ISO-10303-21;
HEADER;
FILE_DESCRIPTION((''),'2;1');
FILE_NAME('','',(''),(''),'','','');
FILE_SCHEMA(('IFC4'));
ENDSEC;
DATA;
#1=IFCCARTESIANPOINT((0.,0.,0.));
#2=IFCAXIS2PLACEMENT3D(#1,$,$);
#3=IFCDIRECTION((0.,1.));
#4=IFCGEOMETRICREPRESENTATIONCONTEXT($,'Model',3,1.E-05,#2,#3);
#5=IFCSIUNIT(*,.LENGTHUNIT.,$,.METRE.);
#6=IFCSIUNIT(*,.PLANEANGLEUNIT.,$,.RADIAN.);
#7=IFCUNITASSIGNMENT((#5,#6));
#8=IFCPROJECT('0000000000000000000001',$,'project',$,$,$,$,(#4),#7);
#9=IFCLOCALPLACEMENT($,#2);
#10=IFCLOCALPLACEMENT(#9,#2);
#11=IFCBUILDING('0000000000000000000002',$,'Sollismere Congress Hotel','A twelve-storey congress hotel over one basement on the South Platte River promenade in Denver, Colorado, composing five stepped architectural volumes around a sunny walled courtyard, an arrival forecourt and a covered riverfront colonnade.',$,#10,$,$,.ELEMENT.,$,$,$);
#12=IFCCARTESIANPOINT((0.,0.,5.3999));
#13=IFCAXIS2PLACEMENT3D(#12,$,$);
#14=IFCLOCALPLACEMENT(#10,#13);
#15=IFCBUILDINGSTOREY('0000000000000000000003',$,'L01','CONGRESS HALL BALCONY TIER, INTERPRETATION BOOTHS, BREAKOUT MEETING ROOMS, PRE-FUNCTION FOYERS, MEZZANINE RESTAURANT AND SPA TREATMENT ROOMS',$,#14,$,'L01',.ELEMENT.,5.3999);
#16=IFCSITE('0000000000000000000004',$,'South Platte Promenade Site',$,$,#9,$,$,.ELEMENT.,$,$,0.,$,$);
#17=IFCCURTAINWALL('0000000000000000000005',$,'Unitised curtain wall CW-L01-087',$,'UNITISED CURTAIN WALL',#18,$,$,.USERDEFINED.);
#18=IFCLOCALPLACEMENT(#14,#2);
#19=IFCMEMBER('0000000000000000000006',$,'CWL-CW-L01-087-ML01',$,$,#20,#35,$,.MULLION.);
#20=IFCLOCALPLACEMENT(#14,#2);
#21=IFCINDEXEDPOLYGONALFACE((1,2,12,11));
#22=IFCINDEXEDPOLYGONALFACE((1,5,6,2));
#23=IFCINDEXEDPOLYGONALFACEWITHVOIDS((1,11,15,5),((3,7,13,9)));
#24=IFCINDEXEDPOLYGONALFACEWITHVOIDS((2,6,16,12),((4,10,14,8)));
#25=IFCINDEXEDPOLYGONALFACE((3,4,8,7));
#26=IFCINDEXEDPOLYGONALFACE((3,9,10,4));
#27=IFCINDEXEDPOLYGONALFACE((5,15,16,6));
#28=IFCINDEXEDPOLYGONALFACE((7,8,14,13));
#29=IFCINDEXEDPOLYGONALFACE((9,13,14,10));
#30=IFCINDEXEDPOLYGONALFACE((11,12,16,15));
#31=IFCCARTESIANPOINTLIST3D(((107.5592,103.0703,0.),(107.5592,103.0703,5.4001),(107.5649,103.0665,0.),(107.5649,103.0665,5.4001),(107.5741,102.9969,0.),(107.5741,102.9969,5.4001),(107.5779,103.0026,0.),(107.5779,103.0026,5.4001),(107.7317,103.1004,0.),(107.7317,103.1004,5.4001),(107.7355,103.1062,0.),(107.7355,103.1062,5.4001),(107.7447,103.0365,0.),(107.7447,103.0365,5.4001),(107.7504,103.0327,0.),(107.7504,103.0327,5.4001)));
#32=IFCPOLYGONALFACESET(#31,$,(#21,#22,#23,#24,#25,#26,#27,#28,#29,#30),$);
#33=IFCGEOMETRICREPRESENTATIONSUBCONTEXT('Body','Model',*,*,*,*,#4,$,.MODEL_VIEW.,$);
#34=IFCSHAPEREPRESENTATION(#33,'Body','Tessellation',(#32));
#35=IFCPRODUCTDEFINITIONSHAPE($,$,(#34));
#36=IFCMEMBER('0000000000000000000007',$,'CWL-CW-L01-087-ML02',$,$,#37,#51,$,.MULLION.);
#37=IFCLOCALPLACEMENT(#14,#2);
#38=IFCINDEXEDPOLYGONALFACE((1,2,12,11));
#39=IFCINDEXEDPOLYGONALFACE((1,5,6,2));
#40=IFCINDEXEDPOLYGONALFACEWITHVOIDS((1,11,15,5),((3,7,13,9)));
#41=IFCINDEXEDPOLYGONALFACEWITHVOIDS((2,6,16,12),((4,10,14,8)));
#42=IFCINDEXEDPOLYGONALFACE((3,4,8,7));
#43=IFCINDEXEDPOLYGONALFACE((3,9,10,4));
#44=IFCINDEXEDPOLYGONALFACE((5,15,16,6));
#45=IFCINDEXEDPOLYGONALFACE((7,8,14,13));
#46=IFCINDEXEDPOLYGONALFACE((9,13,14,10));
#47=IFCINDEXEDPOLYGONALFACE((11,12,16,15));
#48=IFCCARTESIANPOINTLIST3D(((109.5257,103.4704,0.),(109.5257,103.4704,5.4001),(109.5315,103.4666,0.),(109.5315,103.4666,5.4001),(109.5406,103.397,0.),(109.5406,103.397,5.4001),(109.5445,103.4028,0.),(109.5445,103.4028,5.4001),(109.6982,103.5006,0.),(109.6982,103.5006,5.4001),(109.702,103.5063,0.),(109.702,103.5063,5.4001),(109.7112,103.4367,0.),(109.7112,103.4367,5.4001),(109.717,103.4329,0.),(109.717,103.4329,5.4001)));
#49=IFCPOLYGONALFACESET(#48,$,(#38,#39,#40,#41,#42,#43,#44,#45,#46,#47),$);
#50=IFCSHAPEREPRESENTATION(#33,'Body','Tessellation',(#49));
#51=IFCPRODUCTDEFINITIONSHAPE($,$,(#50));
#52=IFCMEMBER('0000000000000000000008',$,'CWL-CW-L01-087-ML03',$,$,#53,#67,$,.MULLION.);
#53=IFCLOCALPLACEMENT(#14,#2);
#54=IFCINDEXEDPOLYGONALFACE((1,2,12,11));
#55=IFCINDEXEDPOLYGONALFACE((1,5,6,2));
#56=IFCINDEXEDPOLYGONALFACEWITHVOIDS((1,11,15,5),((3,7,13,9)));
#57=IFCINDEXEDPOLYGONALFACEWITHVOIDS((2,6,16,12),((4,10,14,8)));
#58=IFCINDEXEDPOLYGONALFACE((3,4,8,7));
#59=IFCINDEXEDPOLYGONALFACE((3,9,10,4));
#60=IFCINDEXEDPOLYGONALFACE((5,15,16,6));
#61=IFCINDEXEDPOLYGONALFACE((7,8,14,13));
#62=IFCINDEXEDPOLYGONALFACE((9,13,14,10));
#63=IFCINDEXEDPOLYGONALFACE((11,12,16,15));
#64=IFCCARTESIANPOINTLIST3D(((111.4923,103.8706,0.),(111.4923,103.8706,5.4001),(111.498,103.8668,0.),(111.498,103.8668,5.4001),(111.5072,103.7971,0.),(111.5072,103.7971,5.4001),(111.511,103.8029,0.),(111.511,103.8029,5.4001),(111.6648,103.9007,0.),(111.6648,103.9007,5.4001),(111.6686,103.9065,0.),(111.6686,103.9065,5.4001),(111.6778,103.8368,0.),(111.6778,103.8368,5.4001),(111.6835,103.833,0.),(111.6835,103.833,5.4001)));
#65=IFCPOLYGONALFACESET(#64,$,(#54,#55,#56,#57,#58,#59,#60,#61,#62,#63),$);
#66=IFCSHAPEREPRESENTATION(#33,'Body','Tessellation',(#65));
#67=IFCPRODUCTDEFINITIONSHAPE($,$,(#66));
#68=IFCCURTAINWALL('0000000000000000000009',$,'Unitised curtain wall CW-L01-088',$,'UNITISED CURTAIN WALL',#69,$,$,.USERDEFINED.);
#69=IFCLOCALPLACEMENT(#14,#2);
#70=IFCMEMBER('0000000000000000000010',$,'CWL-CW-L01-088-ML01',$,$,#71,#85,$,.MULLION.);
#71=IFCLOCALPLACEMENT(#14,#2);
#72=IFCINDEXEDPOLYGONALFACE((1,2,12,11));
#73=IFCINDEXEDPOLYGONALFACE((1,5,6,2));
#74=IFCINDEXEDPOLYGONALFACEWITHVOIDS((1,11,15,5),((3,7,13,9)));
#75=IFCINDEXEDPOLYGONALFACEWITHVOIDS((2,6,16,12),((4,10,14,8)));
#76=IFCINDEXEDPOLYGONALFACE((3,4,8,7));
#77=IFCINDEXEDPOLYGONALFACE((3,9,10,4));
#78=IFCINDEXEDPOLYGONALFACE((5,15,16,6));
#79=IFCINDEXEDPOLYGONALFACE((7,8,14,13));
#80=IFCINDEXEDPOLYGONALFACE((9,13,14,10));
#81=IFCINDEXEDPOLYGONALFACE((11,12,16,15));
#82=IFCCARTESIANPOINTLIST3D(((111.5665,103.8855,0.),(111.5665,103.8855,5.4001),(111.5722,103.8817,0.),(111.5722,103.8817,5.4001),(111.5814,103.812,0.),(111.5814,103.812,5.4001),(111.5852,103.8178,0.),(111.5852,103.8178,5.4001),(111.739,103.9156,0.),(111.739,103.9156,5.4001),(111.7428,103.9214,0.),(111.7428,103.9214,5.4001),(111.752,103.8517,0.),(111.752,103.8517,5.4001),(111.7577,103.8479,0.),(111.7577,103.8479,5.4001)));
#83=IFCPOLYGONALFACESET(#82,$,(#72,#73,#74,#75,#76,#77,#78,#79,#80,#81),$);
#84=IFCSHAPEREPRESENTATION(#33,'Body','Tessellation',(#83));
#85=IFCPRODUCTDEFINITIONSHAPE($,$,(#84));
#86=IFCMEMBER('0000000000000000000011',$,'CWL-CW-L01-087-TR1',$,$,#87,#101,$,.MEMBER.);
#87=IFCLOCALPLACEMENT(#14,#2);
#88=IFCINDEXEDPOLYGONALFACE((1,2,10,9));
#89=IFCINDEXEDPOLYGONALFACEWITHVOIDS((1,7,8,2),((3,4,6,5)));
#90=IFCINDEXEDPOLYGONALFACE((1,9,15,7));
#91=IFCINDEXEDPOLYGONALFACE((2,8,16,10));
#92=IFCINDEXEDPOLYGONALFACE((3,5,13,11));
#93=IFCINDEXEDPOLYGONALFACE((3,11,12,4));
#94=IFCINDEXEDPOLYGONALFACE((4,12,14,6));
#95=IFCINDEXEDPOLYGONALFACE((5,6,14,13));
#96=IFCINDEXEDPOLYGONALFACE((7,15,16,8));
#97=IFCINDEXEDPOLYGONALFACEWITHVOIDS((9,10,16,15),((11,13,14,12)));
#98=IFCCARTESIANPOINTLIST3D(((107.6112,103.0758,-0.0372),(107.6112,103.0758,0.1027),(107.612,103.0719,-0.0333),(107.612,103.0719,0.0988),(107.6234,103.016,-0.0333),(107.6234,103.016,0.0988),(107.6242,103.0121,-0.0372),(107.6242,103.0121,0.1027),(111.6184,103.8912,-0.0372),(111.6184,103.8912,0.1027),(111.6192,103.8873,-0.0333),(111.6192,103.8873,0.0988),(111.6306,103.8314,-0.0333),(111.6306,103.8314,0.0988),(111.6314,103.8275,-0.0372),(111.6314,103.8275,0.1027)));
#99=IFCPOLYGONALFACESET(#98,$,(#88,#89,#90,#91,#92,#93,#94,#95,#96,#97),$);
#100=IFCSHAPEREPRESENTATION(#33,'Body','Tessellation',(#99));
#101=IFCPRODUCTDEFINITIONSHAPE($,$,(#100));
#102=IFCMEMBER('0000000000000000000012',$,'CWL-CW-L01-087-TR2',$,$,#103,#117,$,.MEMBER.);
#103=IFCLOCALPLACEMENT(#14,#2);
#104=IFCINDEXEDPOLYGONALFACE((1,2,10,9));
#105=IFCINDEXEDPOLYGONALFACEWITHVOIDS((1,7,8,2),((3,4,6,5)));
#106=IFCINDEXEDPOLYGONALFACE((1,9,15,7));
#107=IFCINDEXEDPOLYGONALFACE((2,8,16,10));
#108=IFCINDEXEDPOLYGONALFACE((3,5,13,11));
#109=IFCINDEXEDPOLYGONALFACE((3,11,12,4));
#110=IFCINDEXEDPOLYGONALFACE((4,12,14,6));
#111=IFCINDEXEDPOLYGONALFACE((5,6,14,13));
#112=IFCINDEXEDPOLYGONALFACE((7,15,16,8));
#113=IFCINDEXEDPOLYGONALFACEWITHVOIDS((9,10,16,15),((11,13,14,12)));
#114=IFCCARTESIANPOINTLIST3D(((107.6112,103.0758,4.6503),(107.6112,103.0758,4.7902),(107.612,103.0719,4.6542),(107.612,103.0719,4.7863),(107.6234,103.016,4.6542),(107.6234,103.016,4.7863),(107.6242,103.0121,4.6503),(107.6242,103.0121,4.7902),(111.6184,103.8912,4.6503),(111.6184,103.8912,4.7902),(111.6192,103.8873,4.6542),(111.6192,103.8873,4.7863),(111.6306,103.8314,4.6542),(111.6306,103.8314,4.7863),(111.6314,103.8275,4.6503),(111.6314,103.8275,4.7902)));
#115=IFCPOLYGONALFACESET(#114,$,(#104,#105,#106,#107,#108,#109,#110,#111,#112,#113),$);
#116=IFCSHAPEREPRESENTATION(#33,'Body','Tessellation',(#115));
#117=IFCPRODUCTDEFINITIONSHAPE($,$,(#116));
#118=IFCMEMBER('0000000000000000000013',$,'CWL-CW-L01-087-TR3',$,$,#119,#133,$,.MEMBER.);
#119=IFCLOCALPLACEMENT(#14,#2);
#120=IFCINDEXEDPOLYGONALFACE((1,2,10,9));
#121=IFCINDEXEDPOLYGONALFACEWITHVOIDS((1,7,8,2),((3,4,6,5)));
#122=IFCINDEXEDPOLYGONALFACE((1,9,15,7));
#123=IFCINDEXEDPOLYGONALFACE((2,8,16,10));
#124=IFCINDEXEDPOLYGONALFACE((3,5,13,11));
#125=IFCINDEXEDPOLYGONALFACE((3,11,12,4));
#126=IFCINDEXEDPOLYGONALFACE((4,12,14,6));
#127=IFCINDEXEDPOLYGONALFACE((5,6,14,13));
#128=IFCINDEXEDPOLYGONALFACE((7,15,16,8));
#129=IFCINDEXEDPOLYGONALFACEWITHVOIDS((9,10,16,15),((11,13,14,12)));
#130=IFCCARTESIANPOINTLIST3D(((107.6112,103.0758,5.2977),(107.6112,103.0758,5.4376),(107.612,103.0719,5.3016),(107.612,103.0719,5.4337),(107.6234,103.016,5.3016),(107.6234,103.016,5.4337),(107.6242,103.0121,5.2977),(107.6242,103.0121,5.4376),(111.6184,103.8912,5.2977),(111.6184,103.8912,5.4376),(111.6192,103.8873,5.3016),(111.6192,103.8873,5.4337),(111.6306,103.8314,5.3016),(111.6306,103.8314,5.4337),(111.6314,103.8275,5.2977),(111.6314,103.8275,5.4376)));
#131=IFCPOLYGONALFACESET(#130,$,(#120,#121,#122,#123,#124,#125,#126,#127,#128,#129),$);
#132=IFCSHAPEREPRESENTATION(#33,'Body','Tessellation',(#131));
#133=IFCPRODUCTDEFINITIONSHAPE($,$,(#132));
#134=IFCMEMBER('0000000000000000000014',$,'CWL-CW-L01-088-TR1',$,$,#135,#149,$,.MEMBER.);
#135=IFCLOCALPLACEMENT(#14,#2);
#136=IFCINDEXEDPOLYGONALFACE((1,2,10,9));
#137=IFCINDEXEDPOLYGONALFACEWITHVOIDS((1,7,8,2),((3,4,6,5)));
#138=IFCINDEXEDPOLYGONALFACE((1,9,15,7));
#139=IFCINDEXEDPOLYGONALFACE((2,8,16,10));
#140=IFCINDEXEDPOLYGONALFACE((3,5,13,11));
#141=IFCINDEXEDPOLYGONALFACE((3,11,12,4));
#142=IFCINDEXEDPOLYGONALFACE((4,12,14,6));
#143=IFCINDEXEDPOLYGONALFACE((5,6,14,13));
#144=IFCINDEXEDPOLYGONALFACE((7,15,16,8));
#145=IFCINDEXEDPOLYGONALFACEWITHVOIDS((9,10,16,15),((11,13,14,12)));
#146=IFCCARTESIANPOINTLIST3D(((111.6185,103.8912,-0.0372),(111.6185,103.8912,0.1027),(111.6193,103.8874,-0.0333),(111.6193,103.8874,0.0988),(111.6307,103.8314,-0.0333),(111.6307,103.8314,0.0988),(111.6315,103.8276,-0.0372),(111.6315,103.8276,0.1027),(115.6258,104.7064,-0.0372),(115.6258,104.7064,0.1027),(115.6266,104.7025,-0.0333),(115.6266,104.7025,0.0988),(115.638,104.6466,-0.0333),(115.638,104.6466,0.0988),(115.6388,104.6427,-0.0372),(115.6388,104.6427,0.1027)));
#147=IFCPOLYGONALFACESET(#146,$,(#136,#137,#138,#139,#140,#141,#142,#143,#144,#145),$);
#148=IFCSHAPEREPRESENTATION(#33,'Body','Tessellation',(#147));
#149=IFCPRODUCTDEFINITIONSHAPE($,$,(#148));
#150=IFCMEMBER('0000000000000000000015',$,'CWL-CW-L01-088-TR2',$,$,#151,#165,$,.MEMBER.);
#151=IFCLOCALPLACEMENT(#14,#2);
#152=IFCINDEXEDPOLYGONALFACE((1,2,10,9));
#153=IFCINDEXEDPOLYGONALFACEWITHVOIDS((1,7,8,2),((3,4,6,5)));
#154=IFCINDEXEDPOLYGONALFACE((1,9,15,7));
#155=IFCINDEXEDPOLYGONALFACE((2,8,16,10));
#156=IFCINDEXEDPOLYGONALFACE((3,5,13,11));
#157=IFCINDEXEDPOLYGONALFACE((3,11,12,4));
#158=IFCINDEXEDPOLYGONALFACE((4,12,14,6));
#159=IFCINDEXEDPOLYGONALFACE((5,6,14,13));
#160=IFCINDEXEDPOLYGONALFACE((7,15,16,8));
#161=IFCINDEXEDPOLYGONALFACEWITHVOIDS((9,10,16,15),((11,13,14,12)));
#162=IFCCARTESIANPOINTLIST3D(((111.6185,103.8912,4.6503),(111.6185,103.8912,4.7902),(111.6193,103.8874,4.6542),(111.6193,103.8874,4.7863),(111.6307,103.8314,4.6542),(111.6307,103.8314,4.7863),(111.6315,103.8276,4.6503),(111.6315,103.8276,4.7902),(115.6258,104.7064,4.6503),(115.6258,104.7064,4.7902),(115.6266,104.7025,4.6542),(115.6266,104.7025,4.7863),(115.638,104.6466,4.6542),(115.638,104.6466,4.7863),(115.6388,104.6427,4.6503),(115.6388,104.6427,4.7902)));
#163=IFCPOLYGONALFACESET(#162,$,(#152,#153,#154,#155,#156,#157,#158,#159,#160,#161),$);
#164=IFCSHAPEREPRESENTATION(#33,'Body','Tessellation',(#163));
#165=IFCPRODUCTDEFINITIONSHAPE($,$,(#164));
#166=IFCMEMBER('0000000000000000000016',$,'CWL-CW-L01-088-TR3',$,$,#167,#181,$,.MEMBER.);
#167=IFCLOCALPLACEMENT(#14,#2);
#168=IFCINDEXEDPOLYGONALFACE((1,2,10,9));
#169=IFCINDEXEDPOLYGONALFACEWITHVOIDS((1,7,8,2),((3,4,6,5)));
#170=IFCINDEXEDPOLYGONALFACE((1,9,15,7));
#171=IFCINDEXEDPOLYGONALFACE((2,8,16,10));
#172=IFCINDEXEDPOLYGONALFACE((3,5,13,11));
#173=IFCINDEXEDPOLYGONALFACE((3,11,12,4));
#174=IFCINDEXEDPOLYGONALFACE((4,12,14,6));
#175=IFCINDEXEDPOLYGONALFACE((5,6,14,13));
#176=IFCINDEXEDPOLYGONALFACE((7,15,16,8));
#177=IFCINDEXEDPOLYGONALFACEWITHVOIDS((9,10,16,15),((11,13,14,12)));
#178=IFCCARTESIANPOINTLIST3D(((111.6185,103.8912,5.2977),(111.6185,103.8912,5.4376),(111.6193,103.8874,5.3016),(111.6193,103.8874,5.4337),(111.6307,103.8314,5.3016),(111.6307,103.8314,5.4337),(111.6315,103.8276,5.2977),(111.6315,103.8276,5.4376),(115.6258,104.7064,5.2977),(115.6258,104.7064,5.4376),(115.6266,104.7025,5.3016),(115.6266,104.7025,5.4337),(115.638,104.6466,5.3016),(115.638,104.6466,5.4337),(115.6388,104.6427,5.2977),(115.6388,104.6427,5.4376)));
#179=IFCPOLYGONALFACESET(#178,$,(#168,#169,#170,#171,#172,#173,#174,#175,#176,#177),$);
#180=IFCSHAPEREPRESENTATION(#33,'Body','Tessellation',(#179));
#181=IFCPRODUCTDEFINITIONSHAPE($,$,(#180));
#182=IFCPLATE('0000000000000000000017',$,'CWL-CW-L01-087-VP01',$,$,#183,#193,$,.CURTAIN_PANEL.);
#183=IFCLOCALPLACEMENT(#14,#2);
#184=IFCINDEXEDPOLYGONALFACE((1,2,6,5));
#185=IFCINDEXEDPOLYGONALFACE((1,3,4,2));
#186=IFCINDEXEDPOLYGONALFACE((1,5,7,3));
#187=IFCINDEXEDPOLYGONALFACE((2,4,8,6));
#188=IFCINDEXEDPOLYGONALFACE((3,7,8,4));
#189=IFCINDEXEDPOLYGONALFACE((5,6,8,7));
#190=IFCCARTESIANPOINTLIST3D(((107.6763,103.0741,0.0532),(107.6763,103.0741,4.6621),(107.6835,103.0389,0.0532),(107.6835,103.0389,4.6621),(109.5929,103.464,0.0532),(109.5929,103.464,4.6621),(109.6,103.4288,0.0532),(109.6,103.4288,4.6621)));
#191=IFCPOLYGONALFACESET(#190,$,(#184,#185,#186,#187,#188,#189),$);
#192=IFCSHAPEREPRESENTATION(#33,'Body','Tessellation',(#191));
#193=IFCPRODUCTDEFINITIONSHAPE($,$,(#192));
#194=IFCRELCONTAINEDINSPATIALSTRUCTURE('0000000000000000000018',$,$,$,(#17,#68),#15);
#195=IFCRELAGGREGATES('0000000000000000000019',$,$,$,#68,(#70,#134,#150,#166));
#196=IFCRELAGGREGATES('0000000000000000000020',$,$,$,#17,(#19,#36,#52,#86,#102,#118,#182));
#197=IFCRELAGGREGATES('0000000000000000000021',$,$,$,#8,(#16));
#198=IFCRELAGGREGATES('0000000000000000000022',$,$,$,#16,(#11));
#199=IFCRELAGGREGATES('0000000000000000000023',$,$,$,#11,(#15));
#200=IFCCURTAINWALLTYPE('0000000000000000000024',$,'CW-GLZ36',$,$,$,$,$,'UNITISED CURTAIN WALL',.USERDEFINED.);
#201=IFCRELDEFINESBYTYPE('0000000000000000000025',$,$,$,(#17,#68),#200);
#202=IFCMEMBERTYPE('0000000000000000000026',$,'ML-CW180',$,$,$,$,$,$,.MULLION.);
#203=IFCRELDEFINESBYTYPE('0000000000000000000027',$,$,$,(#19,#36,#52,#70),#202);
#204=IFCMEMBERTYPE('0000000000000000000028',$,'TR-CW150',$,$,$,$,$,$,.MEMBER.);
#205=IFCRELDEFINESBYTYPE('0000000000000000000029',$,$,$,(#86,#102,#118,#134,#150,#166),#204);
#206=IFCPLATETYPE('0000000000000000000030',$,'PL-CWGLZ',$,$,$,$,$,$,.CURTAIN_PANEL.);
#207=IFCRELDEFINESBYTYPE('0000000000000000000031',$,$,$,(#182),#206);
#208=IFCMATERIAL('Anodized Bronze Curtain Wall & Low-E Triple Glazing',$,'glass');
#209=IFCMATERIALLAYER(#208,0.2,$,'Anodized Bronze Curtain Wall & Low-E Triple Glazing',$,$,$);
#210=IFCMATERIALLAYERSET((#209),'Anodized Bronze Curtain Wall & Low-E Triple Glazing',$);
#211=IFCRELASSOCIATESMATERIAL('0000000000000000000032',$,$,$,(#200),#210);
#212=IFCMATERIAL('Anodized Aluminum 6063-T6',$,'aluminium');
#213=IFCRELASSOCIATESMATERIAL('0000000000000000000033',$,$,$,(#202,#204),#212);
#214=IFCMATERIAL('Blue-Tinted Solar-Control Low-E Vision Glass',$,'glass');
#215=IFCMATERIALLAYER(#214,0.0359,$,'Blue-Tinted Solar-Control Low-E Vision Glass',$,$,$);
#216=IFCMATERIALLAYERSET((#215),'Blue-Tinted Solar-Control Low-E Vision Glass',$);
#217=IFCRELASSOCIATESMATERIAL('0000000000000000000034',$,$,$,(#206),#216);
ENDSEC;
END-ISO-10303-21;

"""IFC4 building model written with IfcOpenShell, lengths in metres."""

from ifc_helpers import new_model, si_unit, direction, frame, origin, origin_2d, place, context, subcontext, project, spatial, rectangle, hollow_rectangle, extrude, material, layer, layer_set, material_profile, profile_set, type_object, element, aggregate, save


model = new_model("IFC4")

# Units and contexts
model_context = context("Model", 3, precision=1e-05, world=origin(), true_north=direction((0.0, 1.0)))
body_context = subcontext(model_context, "Body", "Model", "MODEL_VIEW")
ifc_project = project(units=[si_unit("LENGTHUNIT", "METRE"), si_unit("PLANEANGLEUNIT", "RADIAN")], contexts=[model_context])

# Site, building, storey
site_placement = place(None, origin())
site = spatial("IfcSite", under=ifc_project, at=site_placement, Name="South Platte Promenade Site", CompositionType="ELEMENT", RefElevation=0.0)
building_placement = place(site_placement, origin())
building = spatial("IfcBuilding", under=site, at=building_placement, Name="Sollismere Congress Hotel", Description="A twelve-storey congress hotel over one basement on the South Platte River promenade in Denver, Colorado, composing five stepped architectural volumes around a sunny walled courtyard, an arrival forecourt and a covered riverfront colonnade.", CompositionType="ELEMENT")
storey_placement = place(building_placement, frame((0.0, 0.0, 5.3999)))
storey = spatial("IfcBuildingStorey", under=building, at=storey_placement, Name="L01", Description="CONGRESS HALL BALCONY TIER, INTERPRETATION BOOTHS, BREAKOUT MEETING ROOMS, PRE-FUNCTION FOYERS, MEZZANINE RESTAURANT AND SPA TREATMENT ROOMS", LongName="L01", CompositionType="ELEMENT", Elevation=5.3999)

# Curtain wall, members
ifc_material_1 = material(Name="Anodized Bronze Curtain Wall & Low-E Triple Glazing", Category="glass")
ifc_layer_1 = layer(ifc_material_1, 0.2, Name="Anodized Bronze Curtain Wall & Low-E Triple Glazing")
ifc_layer_set_1 = layer_set([ifc_layer_1], Name="Anodized Bronze Curtain Wall & Low-E Triple Glazing")
curtain_wall_type = type_object("IfcCurtainWallType", Name="CW-GLZ36", ElementType="UNITISED CURTAIN WALL", PredefinedType="USERDEFINED", material=ifc_layer_set_1)
curtain_wall_1_placement = place(storey_placement, origin())
curtain_wall_1 = element("IfcCurtainWall", 1, at=curtain_wall_1_placement, inside=storey, type_object=curtain_wall_type, Name="Unitised curtain wall CW-L01-087", ObjectType="UNITISED CURTAIN WALL", PredefinedType="USERDEFINED")
ifc_material_2 = material(Name="Anodized Aluminum 6063-T6", Category="aluminium")
ifc_material_profile_1 = material_profile(ifc_material_2, hollow_rectangle(XDim=0.075, YDim=0.1799, WallThickness=0.0049, at=origin_2d()), Name="ALU180X75X5")
ifc_profile_set_1 = profile_set([ifc_material_profile_1], Name="Anodized Aluminum 6063-T6")
member_type_1 = type_object("IfcMemberType", Name="ML-CW180", PredefinedType="MULLION", material=ifc_profile_set_1)
member_1_placement = place(storey_placement, frame((107.6548, 103.0515, 0.0), z_axis=(0.0, 0.0, 1.0), x_axis=(-0.199368, 0.979925, 0.0)))
member_1 = element("IfcMember", 2, at=member_1_placement, type_object=member_type_1, Name="CWL-CW-L01-087-ML01", PredefinedType="MULLION", context=body_context, shape_type="SweptSolid", body=[
    extrude(hollow_rectangle(XDim=0.075, YDim=0.1799, WallThickness=0.0049, at=origin_2d()), origin(), (0.0, 0.0, 1.0), 5.4001),
])
member_2_placement = place(storey_placement, frame((109.6213, 103.4517, 0.0), z_axis=(0.0, 0.0, 1.0), x_axis=(-0.199368, 0.979925, 0.0)))
member_2 = element("IfcMember", 3, at=member_2_placement, type_object=member_type_1, Name="CWL-CW-L01-087-ML02", PredefinedType="MULLION", context=body_context, shape_type="SweptSolid", body=[
    extrude(hollow_rectangle(XDim=0.075, YDim=0.1799, WallThickness=0.0049, at=origin_2d()), origin(), (0.0, 0.0, 1.0), 5.4001),
])
member_3_placement = place(storey_placement, frame((111.5879, 103.8518, 0.0), z_axis=(0.0, 0.0, 1.0), x_axis=(-0.199368, 0.979925, 0.0)))
member_3 = element("IfcMember", 4, at=member_3_placement, type_object=member_type_1, Name="CWL-CW-L01-087-ML03", PredefinedType="MULLION", context=body_context, shape_type="SweptSolid", body=[
    extrude(hollow_rectangle(XDim=0.075, YDim=0.1799, WallThickness=0.0049, at=origin_2d()), origin(), (0.0, 0.0, 1.0), 5.4001),
])

# Curtain wall, member
curtain_wall_2_placement = place(storey_placement, origin())
curtain_wall_2 = element("IfcCurtainWall", 5, at=curtain_wall_2_placement, inside=storey, type_object=curtain_wall_type, Name="Unitised curtain wall CW-L01-088", ObjectType="UNITISED CURTAIN WALL", PredefinedType="USERDEFINED")
member_4_placement = place(storey_placement, frame((111.6621, 103.8667, 0.0), z_axis=(0.0, 0.0, 1.0), x_axis=(-0.199368, 0.979925, 0.0)))
member_4 = element("IfcMember", 6, at=member_4_placement, type_object=member_type_1, Name="CWL-CW-L01-088-ML01", PredefinedType="MULLION", context=body_context, shape_type="SweptSolid", body=[
    extrude(hollow_rectangle(XDim=0.075, YDim=0.1799, WallThickness=0.0049, at=origin_2d()), origin(), (0.0, 0.0, 1.0), 5.4001),
])

# Members
ifc_material_profile_2 = material_profile(ifc_material_2, hollow_rectangle(XDim=0.0649, YDim=0.1399, WallThickness=0.0039, at=origin_2d()), Name="ALU140X65X4")
ifc_profile_set_2 = profile_set([ifc_material_profile_2], Name="Anodized Aluminum 6063-T6")
member_type_2 = type_object("IfcMemberType", Name="TR-CW150", PredefinedType="MEMBER", material=ifc_profile_set_2)
member_5_placement = place(storey_placement, frame((107.6177, 103.0439, 0.0327), z_axis=(0.979918, 0.199399, 0.0), x_axis=(-0.199399, 0.979918, 0.0)))
member_5 = element("IfcMember", 7, at=member_5_placement, type_object=member_type_2, Name="CWL-CW-L01-087-TR1", PredefinedType="MEMBER", context=body_context, shape_type="SweptSolid", body=[
    extrude(hollow_rectangle(XDim=0.0649, YDim=0.1399, WallThickness=0.0039, at=origin_2d()), origin(), (0.0, 0.0, 1.0), 4.0894),
])
member_6_placement = place(storey_placement, frame((107.6177, 103.0439, 4.7202), z_axis=(0.979918, 0.199399, 0.0), x_axis=(-0.199399, 0.979918, 0.0)))
member_6 = element("IfcMember", 8, at=member_6_placement, type_object=member_type_2, Name="CWL-CW-L01-087-TR2", PredefinedType="MEMBER", context=body_context, shape_type="SweptSolid", body=[
    extrude(hollow_rectangle(XDim=0.0649, YDim=0.1399, WallThickness=0.0039, at=origin_2d()), origin(), (0.0, 0.0, 1.0), 4.0894),
])
member_7_placement = place(storey_placement, frame((107.6177, 103.0439, 5.3677), z_axis=(0.979918, 0.199399, 0.0), x_axis=(-0.199399, 0.979918, 0.0)))
member_7 = element("IfcMember", 9, at=member_7_placement, type_object=member_type_2, Name="CWL-CW-L01-087-TR3", PredefinedType="MEMBER", context=body_context, shape_type="SweptSolid", body=[
    extrude(hollow_rectangle(XDim=0.0649, YDim=0.1399, WallThickness=0.0039, at=origin_2d()), origin(), (0.0, 0.0, 1.0), 4.0894),
])
member_8_placement = place(storey_placement, frame((111.625, 103.8594, 0.0327), z_axis=(0.97993, 0.199341, 0.0), x_axis=(-0.199341, 0.97993, 0.0)))
member_8 = element("IfcMember", 10, at=member_8_placement, type_object=member_type_2, Name="CWL-CW-L01-088-TR1", PredefinedType="MEMBER", context=body_context, shape_type="SweptSolid", body=[
    extrude(hollow_rectangle(XDim=0.0649, YDim=0.1399, WallThickness=0.0039, at=origin_2d()), origin(), (0.0, 0.0, 1.0), 4.0894),
])
member_9_placement = place(storey_placement, frame((111.625, 103.8594, 4.7202), z_axis=(0.97993, 0.199341, 0.0), x_axis=(-0.199341, 0.97993, 0.0)))
member_9 = element("IfcMember", 11, at=member_9_placement, type_object=member_type_2, Name="CWL-CW-L01-088-TR2", PredefinedType="MEMBER", context=body_context, shape_type="SweptSolid", body=[
    extrude(hollow_rectangle(XDim=0.0649, YDim=0.1399, WallThickness=0.0039, at=origin_2d()), origin(), (0.0, 0.0, 1.0), 4.0894),
])
member_10_placement = place(storey_placement, frame((111.625, 103.8594, 5.3677), z_axis=(0.97993, 0.199341, 0.0), x_axis=(-0.199341, 0.97993, 0.0)))
member_10 = element("IfcMember", 12, at=member_10_placement, type_object=member_type_2, Name="CWL-CW-L01-088-TR3", PredefinedType="MEMBER", context=body_context, shape_type="SweptSolid", body=[
    extrude(hollow_rectangle(XDim=0.0649, YDim=0.1399, WallThickness=0.0039, at=origin_2d()), origin(), (0.0, 0.0, 1.0), 4.0894),
])
aggregate(curtain_wall_2, [member_4, member_8, member_9, member_10])

# Plate
ifc_material_3 = material(Name="Blue-Tinted Solar-Control Low-E Vision Glass", Category="glass")
ifc_layer_2 = layer(ifc_material_3, 0.0359, Name="Blue-Tinted Solar-Control Low-E Vision Glass")
ifc_layer_set_2 = layer_set([ifc_layer_2], Name="Blue-Tinted Solar-Control Low-E Vision Glass")
plate_type_1 = type_object("IfcPlateType", Name="PL-CWGLZ", PredefinedType="CURTAIN_PANEL", material=ifc_layer_set_2)
plate_1_placement = place(storey_placement, frame((108.6382, 103.2515, 0.0532), z_axis=(0.0, 0.0, 1.0), x_axis=(0.979925, 0.199368, 0.0)))
plate_1 = element("IfcPlate", 13, at=plate_1_placement, type_object=plate_type_1, Name="CWL-CW-L01-087-VP01", PredefinedType="CURTAIN_PANEL", context=body_context, shape_type="SweptSolid", body=[
    extrude(rectangle(XDim=1.9558, YDim=0.0359, at=origin_2d()), origin(), (0.0, 0.0, 1.0), 4.6089),
])
aggregate(curtain_wall_1, [member_1, member_2, member_3, member_5, member_6, member_7, plate_1])

save(model, "model.ifc")
